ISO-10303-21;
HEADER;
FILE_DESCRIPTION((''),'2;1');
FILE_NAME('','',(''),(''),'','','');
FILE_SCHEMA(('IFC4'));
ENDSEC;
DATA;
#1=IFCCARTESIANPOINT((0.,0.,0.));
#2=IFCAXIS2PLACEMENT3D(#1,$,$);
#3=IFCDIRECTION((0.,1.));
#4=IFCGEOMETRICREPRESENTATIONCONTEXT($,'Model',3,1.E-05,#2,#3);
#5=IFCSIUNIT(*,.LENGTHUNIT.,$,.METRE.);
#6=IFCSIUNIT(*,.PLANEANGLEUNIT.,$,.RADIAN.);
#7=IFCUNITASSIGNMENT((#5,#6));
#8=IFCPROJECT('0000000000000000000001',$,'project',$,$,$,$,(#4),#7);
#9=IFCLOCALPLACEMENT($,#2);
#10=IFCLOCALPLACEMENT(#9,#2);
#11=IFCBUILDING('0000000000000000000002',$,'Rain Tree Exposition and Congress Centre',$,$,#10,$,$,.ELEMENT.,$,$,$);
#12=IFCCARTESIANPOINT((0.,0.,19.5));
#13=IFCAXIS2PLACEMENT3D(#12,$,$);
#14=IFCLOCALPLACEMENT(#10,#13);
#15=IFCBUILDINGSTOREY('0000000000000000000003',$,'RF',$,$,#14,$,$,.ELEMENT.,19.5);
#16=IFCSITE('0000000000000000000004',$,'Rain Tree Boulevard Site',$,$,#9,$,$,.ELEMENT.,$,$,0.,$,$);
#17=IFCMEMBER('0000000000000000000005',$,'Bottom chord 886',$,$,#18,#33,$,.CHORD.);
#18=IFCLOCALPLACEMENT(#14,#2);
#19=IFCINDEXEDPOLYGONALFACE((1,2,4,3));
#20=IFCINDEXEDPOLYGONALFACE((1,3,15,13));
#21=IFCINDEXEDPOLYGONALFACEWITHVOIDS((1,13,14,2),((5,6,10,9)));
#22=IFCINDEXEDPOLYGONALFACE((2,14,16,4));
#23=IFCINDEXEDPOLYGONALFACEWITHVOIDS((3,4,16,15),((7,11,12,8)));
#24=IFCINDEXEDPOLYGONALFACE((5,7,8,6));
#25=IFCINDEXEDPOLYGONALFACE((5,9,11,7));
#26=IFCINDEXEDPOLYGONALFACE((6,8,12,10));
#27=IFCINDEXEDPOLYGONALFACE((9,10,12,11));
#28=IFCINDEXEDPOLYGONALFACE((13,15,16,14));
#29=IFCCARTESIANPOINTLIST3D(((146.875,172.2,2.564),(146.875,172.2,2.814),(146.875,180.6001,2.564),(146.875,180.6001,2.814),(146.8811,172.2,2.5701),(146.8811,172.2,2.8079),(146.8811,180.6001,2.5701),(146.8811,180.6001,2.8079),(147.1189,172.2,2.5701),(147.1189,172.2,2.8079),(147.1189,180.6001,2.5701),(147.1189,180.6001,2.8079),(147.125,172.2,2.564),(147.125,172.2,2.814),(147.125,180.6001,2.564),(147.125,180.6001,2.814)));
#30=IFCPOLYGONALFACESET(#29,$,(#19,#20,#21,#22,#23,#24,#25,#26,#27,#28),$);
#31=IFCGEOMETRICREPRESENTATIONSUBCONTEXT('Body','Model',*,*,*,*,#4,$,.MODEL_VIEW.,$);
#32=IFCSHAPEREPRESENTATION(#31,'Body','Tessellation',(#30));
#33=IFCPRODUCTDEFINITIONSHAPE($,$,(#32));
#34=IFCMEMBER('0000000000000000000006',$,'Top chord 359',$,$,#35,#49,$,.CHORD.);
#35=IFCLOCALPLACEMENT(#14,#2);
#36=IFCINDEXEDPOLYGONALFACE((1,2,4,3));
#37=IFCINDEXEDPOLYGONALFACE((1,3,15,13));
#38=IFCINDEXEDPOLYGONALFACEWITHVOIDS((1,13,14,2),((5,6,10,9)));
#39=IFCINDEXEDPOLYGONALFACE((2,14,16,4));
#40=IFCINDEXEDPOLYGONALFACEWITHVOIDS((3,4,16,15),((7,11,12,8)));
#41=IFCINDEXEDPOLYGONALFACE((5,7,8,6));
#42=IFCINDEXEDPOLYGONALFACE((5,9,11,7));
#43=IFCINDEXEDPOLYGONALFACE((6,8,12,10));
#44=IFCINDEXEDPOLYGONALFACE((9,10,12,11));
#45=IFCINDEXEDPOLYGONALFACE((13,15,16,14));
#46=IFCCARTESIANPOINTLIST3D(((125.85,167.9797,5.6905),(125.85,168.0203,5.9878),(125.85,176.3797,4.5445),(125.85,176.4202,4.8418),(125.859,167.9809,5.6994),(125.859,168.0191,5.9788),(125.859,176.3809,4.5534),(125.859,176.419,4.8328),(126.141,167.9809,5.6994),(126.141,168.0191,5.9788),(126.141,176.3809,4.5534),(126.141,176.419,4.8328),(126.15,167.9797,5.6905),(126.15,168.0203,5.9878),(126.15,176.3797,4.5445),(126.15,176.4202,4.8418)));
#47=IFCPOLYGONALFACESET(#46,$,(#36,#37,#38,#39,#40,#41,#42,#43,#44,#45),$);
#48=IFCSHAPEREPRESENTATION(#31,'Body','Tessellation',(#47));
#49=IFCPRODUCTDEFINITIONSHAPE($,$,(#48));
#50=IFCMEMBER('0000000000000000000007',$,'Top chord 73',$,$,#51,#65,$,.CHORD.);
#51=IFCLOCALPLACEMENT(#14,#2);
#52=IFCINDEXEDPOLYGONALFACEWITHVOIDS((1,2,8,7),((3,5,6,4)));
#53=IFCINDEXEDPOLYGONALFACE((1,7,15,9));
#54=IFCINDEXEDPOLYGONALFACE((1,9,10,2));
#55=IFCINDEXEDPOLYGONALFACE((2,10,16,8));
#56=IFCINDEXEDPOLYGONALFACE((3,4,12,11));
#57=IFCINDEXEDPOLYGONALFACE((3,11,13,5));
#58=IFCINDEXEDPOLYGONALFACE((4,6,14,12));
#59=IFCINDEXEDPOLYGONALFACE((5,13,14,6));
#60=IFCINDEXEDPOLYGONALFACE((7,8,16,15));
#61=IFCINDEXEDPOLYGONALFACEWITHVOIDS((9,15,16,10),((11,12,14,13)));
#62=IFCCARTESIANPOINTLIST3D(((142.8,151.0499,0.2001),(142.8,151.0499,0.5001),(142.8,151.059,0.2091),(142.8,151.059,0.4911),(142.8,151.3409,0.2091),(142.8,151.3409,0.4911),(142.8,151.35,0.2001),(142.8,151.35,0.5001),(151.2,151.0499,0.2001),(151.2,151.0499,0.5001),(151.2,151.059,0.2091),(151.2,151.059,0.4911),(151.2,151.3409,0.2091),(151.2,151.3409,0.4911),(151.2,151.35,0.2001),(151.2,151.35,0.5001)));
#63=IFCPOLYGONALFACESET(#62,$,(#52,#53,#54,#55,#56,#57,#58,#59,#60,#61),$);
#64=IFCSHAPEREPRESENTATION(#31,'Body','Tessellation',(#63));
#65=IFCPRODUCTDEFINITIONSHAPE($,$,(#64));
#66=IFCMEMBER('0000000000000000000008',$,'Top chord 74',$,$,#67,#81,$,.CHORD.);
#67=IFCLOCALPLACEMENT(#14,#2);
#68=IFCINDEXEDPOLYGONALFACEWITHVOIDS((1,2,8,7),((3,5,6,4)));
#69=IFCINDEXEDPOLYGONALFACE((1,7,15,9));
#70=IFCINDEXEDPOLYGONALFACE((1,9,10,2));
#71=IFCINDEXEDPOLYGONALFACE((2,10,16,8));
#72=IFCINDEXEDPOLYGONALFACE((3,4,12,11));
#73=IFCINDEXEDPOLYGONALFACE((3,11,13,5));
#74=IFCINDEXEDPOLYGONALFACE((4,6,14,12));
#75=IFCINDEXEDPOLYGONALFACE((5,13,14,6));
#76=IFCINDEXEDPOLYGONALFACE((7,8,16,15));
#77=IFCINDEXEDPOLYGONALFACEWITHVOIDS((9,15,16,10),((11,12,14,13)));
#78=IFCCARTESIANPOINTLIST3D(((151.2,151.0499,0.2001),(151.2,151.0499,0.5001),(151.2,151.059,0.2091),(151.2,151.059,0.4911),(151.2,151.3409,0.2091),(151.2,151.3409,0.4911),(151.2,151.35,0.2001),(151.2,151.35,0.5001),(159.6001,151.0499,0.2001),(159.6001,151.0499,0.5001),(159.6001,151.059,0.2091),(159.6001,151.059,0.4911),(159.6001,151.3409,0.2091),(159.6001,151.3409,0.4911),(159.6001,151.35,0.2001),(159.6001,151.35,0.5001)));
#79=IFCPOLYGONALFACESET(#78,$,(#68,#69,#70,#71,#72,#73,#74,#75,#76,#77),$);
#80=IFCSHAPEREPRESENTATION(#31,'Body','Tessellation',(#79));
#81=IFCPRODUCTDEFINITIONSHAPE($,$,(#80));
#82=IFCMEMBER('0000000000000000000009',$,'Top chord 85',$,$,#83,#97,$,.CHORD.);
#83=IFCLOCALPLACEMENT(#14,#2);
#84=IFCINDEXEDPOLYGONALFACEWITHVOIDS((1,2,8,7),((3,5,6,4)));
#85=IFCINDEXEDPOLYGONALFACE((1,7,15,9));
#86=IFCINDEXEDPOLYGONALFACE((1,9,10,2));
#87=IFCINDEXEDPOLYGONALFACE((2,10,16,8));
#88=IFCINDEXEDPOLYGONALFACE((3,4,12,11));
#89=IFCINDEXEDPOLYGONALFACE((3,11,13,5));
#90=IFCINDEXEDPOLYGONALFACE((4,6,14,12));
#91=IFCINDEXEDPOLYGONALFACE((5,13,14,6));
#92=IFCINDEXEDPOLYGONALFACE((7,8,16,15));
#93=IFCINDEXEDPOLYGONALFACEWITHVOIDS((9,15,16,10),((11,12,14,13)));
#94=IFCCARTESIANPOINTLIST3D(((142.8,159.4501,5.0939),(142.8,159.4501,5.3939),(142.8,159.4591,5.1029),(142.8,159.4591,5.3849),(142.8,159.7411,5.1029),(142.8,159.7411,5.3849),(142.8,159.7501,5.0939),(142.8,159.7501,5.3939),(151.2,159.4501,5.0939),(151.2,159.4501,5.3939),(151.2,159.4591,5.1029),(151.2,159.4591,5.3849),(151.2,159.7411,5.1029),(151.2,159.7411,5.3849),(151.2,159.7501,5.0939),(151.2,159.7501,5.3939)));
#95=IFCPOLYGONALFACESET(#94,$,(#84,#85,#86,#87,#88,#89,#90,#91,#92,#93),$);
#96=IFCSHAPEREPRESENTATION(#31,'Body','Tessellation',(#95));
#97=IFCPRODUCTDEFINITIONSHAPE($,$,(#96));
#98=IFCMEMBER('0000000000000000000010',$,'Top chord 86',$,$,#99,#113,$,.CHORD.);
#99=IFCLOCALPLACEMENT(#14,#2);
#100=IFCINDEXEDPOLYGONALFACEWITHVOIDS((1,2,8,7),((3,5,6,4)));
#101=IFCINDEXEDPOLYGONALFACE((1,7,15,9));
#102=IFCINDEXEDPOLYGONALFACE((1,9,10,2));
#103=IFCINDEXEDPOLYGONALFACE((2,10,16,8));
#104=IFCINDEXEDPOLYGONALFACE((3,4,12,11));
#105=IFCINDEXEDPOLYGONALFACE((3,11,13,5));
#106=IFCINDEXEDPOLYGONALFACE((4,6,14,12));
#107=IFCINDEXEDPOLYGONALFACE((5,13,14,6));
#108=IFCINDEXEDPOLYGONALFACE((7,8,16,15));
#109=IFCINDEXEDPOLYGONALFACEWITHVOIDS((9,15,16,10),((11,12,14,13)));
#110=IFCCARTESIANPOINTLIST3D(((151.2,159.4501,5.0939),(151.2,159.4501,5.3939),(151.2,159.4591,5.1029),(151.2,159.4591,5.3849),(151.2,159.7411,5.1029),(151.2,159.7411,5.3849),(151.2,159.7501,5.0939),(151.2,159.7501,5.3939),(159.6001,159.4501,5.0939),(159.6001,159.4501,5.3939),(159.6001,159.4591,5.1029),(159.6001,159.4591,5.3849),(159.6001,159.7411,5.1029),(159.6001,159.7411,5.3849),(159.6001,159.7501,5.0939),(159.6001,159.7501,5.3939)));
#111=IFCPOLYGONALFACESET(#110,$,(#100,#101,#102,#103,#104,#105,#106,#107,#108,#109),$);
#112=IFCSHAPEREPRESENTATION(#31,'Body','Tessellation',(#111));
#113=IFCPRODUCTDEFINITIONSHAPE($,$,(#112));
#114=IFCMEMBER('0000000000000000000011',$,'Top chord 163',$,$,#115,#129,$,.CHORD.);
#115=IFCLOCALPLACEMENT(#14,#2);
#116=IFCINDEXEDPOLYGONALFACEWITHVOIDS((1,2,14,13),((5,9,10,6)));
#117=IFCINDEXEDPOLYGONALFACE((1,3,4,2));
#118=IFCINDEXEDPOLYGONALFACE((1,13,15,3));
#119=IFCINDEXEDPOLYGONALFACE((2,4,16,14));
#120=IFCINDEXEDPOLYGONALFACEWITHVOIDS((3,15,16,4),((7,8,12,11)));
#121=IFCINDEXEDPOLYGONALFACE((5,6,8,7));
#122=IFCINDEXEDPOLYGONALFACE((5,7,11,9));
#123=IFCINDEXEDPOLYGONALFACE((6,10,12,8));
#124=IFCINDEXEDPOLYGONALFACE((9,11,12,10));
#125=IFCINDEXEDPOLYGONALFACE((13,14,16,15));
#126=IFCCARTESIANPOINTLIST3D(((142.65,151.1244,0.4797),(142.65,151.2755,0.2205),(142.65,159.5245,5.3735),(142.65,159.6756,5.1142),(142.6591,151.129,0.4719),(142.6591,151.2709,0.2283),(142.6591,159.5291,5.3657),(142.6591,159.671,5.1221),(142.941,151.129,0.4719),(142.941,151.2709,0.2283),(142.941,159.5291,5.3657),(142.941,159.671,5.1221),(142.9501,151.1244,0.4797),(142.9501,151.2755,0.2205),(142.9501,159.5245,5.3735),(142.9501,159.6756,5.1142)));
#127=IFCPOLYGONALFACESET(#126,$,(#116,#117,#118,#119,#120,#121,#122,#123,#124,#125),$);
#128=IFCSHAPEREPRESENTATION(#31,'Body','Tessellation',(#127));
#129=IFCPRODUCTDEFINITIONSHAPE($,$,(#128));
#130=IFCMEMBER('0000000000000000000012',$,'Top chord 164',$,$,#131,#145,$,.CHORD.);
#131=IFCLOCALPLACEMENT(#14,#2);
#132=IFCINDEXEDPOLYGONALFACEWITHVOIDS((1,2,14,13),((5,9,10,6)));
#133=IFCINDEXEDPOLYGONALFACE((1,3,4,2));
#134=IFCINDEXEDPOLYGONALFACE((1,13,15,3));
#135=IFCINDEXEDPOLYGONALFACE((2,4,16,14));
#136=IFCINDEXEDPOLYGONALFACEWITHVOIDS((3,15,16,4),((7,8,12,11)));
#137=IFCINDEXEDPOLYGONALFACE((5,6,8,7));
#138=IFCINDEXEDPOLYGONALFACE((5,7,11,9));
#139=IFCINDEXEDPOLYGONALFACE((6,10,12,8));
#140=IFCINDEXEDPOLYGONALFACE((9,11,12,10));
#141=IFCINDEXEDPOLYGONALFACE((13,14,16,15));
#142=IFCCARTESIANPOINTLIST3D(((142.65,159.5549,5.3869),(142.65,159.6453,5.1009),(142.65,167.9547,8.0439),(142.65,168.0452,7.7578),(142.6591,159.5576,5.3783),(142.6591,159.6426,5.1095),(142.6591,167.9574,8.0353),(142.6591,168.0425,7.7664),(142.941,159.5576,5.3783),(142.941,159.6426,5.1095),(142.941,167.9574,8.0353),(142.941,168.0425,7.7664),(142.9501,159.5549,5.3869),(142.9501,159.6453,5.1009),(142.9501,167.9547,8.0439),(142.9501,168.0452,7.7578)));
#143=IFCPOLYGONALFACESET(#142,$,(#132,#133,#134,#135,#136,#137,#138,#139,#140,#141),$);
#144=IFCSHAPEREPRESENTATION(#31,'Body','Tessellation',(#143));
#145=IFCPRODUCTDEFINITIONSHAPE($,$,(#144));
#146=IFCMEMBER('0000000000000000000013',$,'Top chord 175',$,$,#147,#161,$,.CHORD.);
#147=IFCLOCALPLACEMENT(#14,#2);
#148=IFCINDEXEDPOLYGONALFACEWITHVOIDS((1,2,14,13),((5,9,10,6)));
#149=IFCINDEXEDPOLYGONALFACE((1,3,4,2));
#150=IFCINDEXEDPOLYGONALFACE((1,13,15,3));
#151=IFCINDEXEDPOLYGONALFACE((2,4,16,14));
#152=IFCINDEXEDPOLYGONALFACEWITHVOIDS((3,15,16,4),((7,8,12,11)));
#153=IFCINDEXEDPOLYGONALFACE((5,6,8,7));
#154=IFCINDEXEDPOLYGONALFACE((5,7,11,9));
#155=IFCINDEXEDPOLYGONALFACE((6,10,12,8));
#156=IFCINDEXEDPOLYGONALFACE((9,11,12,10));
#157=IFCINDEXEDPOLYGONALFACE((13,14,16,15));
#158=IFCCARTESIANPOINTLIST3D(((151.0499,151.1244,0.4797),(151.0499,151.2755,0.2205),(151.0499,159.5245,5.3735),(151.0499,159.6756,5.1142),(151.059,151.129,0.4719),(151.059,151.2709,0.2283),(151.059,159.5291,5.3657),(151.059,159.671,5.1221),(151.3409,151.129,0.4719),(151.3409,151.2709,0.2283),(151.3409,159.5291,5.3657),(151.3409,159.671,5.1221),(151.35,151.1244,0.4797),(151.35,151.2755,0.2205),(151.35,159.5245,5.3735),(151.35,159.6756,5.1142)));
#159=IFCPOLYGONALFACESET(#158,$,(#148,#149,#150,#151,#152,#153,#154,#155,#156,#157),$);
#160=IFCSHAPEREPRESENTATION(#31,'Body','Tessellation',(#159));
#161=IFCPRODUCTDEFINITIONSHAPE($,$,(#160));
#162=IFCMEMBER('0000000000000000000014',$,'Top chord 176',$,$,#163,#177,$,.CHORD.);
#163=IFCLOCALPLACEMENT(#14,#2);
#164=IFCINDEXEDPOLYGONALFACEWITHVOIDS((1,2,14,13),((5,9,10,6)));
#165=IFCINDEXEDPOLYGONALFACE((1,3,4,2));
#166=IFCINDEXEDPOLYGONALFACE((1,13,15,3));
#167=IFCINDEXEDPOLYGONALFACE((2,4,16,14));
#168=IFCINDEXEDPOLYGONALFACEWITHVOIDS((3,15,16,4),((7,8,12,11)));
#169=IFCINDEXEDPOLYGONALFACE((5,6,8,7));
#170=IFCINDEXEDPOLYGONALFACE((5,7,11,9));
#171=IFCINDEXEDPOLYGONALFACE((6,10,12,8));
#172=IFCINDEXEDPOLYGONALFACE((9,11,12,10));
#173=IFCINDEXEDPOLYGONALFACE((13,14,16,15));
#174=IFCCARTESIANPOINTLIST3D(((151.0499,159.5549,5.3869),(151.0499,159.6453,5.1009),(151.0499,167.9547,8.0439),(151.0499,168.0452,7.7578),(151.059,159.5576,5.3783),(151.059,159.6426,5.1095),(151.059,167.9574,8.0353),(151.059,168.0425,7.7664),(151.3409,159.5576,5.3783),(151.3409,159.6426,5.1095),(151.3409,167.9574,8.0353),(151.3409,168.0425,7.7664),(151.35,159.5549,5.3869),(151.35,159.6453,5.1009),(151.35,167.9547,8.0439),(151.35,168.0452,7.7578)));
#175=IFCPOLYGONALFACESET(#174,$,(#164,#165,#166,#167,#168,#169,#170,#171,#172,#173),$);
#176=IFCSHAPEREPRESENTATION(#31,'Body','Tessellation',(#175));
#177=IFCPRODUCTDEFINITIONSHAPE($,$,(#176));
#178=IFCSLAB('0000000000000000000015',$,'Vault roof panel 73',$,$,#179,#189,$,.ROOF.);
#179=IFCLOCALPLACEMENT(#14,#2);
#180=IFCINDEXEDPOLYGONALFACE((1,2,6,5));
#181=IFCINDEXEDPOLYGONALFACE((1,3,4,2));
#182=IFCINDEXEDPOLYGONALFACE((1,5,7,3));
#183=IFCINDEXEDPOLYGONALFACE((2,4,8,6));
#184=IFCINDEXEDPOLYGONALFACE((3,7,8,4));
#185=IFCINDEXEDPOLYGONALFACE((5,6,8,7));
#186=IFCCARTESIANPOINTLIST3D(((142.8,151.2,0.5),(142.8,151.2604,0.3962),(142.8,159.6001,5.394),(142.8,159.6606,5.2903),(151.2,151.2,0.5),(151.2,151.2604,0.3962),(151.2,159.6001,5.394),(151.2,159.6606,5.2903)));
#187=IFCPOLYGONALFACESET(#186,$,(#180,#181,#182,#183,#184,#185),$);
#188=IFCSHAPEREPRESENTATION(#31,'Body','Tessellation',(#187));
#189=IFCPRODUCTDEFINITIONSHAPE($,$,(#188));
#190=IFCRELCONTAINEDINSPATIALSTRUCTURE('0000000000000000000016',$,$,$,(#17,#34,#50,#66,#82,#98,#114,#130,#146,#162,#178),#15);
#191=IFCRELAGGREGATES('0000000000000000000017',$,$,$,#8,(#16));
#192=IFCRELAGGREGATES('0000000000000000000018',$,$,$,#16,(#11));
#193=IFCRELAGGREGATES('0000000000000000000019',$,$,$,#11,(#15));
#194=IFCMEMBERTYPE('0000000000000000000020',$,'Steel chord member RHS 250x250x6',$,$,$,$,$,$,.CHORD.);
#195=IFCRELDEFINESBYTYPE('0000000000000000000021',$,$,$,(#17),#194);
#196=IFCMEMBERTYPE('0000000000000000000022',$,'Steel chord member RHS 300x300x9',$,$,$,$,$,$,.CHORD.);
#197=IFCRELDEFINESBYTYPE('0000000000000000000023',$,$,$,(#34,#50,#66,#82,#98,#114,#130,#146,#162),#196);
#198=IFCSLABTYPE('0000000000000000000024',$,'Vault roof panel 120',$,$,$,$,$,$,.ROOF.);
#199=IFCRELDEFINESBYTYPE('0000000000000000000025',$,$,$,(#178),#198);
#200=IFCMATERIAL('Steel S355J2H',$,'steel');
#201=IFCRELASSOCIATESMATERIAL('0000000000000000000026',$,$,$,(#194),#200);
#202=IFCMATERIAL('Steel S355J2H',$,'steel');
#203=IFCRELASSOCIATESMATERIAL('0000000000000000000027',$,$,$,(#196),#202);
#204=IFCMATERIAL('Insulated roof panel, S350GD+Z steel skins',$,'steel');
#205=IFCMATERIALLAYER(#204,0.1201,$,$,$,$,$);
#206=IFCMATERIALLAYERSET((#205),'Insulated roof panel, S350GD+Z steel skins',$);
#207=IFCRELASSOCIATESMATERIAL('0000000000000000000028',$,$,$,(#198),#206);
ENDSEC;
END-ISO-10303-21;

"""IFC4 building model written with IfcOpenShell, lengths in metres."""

from ifc_helpers import new_model, si_unit, direction, frame, origin, origin_2d, place, context, subcontext, project, spatial, polyline, hollow_rectangle, outline, extrude, material, layer, layer_set, material_profile, profile_set, type_object, element, save


model = new_model("IFC4")

# Units and contexts
model_context = context("Model", 3, precision=1e-05, world=origin(), true_north=direction((0.0, 1.0)))
body_context = subcontext(model_context, "Body", "Model", "MODEL_VIEW")
ifc_project = project(units=[si_unit("LENGTHUNIT", "METRE"), si_unit("PLANEANGLEUNIT", "RADIAN")], contexts=[model_context])

# Site, building, storey
site_placement = place(None, origin())
site = spatial("IfcSite", under=ifc_project, at=site_placement, Name="Rain Tree Boulevard Site", CompositionType="ELEMENT", RefElevation=0.0)
building_placement = place(site_placement, origin())
building = spatial("IfcBuilding", under=site, at=building_placement, Name="Rain Tree Exposition and Congress Centre", CompositionType="ELEMENT")
storey_placement = place(building_placement, frame((0.0, 0.0, 19.5)))
storey = spatial("IfcBuildingStorey", under=building, at=storey_placement, Name="RF", CompositionType="ELEMENT", Elevation=19.5)

# Members
ifc_material_1 = material(Name="Steel S355J2H", Category="steel")
ifc_material_profile_1 = material_profile(ifc_material_1, hollow_rectangle(XDim=0.25, YDim=0.25, WallThickness=0.0061, at=origin_2d()), Name="RHS 250x250x6")
ifc_profile_set_1 = profile_set([ifc_material_profile_1], Name="Steel S355J2H")
member_type_1 = type_object("IfcMemberType", Name="Steel chord member RHS 250x250x6", PredefinedType="CHORD", material=ifc_profile_set_1)
member_1_placement = place(storey_placement, frame((147.0, 172.2, 2.689), z_axis=(0.0, 1.0, 0.0), x_axis=(-1.0, 0.0, 0.0)))
element("IfcMember", 1, at=member_1_placement, inside=storey, type_object=member_type_1, Name="Bottom chord 886", PredefinedType="CHORD", context=body_context, shape_type="SweptSolid", body=[
    extrude(hollow_rectangle(XDim=0.25, YDim=0.25, WallThickness=0.0061, at=origin_2d()), origin(), (0.0, 0.0, 1.0), 8.4001),
])
ifc_material_2 = material(Name="Steel S355J2H", Category="steel")
ifc_material_profile_2 = material_profile(ifc_material_2, hollow_rectangle(XDim=0.3, YDim=0.3, WallThickness=0.009, at=origin_2d()), Name="RHS 300x300x9")
ifc_profile_set_2 = profile_set([ifc_material_profile_2], Name="Steel S355J2H")
member_type_2 = type_object("IfcMemberType", Name="Steel chord member RHS 300x300x9", PredefinedType="CHORD", material=ifc_profile_set_2)
member_2_placement = place(storey_placement, frame((126.0, 168.0, 5.8391), z_axis=(0.0, 0.990821, -0.135177), x_axis=(-1.0, 0.0, 0.0)))
element("IfcMember", 2, at=member_2_placement, inside=storey, type_object=member_type_2, Name="Top chord 359", PredefinedType="CHORD", context=body_context, shape_type="SweptSolid", body=[
    extrude(hollow_rectangle(XDim=0.3, YDim=0.3, WallThickness=0.009, at=origin_2d()), origin(), (0.0, 0.0, 1.0), 8.4778),
])
member_3_placement = place(storey_placement, frame((142.8, 151.2, 0.3501), z_axis=(1.0, 0.0, 0.0), x_axis=(0.0, 1.0, 0.0)))
element("IfcMember", 3, at=member_3_placement, inside=storey, type_object=member_type_2, Name="Top chord 73", PredefinedType="CHORD", context=body_context, shape_type="SweptSolid", body=[
    extrude(hollow_rectangle(XDim=0.3, YDim=0.3, WallThickness=0.009, at=origin_2d()), origin(), (0.0, 0.0, 1.0), 8.3999),
])
member_4_placement = place(storey_placement, frame((151.2, 151.2, 0.3501), z_axis=(1.0, 0.0, 0.0), x_axis=(0.0, 1.0, 0.0)))
element("IfcMember", 4, at=member_4_placement, inside=storey, type_object=member_type_2, Name="Top chord 74", PredefinedType="CHORD", context=body_context, shape_type="SweptSolid", body=[
    extrude(hollow_rectangle(XDim=0.3, YDim=0.3, WallThickness=0.009, at=origin_2d()), origin(), (0.0, 0.0, 1.0), 8.4001),
])
member_5_placement = place(storey_placement, frame((142.8, 159.6001, 5.2439), z_axis=(1.0, 0.0, 0.0), x_axis=(0.0, 1.0, 0.0)))
element("IfcMember", 5, at=member_5_placement, inside=storey, type_object=member_type_2, Name="Top chord 85", PredefinedType="CHORD", context=body_context, shape_type="SweptSolid", body=[
    extrude(hollow_rectangle(XDim=0.3, YDim=0.3, WallThickness=0.009, at=origin_2d()), origin(), (0.0, 0.0, 1.0), 8.3999),
])
member_6_placement = place(storey_placement, frame((151.2, 159.6001, 5.2439), z_axis=(1.0, 0.0, 0.0), x_axis=(0.0, 1.0, 0.0)))
element("IfcMember", 6, at=member_6_placement, inside=storey, type_object=member_type_2, Name="Top chord 86", PredefinedType="CHORD", context=body_context, shape_type="SweptSolid", body=[
    extrude(hollow_rectangle(XDim=0.3, YDim=0.3, WallThickness=0.009, at=origin_2d()), origin(), (0.0, 0.0, 1.0), 8.4001),
])
member_7_placement = place(storey_placement, frame((142.8, 151.2, 0.3501), z_axis=(0.0, 0.86406, 0.503388), x_axis=(-1.0, 0.0, 0.0)))
element("IfcMember", 7, at=member_7_placement, inside=storey, type_object=member_type_2, Name="Top chord 163", PredefinedType="CHORD", context=body_context, shape_type="SweptSolid", body=[
    extrude(hollow_rectangle(XDim=0.3, YDim=0.3, WallThickness=0.009, at=origin_2d()), origin(), (0.0, 0.0, 1.0), 9.7217),
])
member_8_placement = place(storey_placement, frame((142.8, 159.6001, 5.2439), z_axis=(0.0, 0.95344, 0.301584), x_axis=(-1.0, 0.0, 0.0)))
element("IfcMember", 8, at=member_8_placement, inside=storey, type_object=member_type_2, Name="Top chord 164", PredefinedType="CHORD", context=body_context, shape_type="SweptSolid", body=[
    extrude(hollow_rectangle(XDim=0.3, YDim=0.3, WallThickness=0.009, at=origin_2d()), origin(), (0.0, 0.0, 1.0), 8.8101),
])
member_9_placement = place(storey_placement, frame((151.2, 151.2, 0.3501), z_axis=(0.0, 0.86406, 0.503388), x_axis=(-1.0, 0.0, 0.0)))
element("IfcMember", 9, at=member_9_placement, inside=storey, type_object=member_type_2, Name="Top chord 175", PredefinedType="CHORD", context=body_context, shape_type="SweptSolid", body=[
    extrude(hollow_rectangle(XDim=0.3, YDim=0.3, WallThickness=0.009, at=origin_2d()), origin(), (0.0, 0.0, 1.0), 9.7217),
])
member_10_placement = place(storey_placement, frame((151.2, 159.6001, 5.2439), z_axis=(0.0, 0.95344, 0.301584), x_axis=(-1.0, 0.0, 0.0)))
element("IfcMember", 10, at=member_10_placement, inside=storey, type_object=member_type_2, Name="Top chord 176", PredefinedType="CHORD", context=body_context, shape_type="SweptSolid", body=[
    extrude(hollow_rectangle(XDim=0.3, YDim=0.3, WallThickness=0.009, at=origin_2d()), origin(), (0.0, 0.0, 1.0), 8.8101),
])

# Slab
ifc_material_3 = material(Name="Insulated roof panel, S350GD+Z steel skins", Category="steel")
ifc_layer_1 = layer(ifc_material_3, 0.1201)
ifc_layer_set_1 = layer_set([ifc_layer_1], Name="Insulated roof panel, S350GD+Z steel skins")
slab_type = type_object("IfcSlabType", Name="Vault roof panel 120", PredefinedType="ROOF", material=ifc_layer_set_1)
slab_1_placement = place(storey_placement, frame((142.8, 151.2, 0.5), z_axis=(0.0, -0.503407, 0.864049), x_axis=(1.0, 0.0, 0.0)))
element("IfcSlab", 11, at=slab_1_placement, inside=storey, type_object=slab_type, Name="Vault roof panel 73", PredefinedType="ROOF", context=body_context, shape_type="SweptSolid", body=[
    extrude(outline(polyline([(0.0, 0.0), (8.3999, 0.0), (8.3999, 9.7218), (0.0, 9.7218), (0.0, 0.0)])), origin(), (0.0, 0.0, -1.0), 0.1201),
])

save(model, "model.ifc")
